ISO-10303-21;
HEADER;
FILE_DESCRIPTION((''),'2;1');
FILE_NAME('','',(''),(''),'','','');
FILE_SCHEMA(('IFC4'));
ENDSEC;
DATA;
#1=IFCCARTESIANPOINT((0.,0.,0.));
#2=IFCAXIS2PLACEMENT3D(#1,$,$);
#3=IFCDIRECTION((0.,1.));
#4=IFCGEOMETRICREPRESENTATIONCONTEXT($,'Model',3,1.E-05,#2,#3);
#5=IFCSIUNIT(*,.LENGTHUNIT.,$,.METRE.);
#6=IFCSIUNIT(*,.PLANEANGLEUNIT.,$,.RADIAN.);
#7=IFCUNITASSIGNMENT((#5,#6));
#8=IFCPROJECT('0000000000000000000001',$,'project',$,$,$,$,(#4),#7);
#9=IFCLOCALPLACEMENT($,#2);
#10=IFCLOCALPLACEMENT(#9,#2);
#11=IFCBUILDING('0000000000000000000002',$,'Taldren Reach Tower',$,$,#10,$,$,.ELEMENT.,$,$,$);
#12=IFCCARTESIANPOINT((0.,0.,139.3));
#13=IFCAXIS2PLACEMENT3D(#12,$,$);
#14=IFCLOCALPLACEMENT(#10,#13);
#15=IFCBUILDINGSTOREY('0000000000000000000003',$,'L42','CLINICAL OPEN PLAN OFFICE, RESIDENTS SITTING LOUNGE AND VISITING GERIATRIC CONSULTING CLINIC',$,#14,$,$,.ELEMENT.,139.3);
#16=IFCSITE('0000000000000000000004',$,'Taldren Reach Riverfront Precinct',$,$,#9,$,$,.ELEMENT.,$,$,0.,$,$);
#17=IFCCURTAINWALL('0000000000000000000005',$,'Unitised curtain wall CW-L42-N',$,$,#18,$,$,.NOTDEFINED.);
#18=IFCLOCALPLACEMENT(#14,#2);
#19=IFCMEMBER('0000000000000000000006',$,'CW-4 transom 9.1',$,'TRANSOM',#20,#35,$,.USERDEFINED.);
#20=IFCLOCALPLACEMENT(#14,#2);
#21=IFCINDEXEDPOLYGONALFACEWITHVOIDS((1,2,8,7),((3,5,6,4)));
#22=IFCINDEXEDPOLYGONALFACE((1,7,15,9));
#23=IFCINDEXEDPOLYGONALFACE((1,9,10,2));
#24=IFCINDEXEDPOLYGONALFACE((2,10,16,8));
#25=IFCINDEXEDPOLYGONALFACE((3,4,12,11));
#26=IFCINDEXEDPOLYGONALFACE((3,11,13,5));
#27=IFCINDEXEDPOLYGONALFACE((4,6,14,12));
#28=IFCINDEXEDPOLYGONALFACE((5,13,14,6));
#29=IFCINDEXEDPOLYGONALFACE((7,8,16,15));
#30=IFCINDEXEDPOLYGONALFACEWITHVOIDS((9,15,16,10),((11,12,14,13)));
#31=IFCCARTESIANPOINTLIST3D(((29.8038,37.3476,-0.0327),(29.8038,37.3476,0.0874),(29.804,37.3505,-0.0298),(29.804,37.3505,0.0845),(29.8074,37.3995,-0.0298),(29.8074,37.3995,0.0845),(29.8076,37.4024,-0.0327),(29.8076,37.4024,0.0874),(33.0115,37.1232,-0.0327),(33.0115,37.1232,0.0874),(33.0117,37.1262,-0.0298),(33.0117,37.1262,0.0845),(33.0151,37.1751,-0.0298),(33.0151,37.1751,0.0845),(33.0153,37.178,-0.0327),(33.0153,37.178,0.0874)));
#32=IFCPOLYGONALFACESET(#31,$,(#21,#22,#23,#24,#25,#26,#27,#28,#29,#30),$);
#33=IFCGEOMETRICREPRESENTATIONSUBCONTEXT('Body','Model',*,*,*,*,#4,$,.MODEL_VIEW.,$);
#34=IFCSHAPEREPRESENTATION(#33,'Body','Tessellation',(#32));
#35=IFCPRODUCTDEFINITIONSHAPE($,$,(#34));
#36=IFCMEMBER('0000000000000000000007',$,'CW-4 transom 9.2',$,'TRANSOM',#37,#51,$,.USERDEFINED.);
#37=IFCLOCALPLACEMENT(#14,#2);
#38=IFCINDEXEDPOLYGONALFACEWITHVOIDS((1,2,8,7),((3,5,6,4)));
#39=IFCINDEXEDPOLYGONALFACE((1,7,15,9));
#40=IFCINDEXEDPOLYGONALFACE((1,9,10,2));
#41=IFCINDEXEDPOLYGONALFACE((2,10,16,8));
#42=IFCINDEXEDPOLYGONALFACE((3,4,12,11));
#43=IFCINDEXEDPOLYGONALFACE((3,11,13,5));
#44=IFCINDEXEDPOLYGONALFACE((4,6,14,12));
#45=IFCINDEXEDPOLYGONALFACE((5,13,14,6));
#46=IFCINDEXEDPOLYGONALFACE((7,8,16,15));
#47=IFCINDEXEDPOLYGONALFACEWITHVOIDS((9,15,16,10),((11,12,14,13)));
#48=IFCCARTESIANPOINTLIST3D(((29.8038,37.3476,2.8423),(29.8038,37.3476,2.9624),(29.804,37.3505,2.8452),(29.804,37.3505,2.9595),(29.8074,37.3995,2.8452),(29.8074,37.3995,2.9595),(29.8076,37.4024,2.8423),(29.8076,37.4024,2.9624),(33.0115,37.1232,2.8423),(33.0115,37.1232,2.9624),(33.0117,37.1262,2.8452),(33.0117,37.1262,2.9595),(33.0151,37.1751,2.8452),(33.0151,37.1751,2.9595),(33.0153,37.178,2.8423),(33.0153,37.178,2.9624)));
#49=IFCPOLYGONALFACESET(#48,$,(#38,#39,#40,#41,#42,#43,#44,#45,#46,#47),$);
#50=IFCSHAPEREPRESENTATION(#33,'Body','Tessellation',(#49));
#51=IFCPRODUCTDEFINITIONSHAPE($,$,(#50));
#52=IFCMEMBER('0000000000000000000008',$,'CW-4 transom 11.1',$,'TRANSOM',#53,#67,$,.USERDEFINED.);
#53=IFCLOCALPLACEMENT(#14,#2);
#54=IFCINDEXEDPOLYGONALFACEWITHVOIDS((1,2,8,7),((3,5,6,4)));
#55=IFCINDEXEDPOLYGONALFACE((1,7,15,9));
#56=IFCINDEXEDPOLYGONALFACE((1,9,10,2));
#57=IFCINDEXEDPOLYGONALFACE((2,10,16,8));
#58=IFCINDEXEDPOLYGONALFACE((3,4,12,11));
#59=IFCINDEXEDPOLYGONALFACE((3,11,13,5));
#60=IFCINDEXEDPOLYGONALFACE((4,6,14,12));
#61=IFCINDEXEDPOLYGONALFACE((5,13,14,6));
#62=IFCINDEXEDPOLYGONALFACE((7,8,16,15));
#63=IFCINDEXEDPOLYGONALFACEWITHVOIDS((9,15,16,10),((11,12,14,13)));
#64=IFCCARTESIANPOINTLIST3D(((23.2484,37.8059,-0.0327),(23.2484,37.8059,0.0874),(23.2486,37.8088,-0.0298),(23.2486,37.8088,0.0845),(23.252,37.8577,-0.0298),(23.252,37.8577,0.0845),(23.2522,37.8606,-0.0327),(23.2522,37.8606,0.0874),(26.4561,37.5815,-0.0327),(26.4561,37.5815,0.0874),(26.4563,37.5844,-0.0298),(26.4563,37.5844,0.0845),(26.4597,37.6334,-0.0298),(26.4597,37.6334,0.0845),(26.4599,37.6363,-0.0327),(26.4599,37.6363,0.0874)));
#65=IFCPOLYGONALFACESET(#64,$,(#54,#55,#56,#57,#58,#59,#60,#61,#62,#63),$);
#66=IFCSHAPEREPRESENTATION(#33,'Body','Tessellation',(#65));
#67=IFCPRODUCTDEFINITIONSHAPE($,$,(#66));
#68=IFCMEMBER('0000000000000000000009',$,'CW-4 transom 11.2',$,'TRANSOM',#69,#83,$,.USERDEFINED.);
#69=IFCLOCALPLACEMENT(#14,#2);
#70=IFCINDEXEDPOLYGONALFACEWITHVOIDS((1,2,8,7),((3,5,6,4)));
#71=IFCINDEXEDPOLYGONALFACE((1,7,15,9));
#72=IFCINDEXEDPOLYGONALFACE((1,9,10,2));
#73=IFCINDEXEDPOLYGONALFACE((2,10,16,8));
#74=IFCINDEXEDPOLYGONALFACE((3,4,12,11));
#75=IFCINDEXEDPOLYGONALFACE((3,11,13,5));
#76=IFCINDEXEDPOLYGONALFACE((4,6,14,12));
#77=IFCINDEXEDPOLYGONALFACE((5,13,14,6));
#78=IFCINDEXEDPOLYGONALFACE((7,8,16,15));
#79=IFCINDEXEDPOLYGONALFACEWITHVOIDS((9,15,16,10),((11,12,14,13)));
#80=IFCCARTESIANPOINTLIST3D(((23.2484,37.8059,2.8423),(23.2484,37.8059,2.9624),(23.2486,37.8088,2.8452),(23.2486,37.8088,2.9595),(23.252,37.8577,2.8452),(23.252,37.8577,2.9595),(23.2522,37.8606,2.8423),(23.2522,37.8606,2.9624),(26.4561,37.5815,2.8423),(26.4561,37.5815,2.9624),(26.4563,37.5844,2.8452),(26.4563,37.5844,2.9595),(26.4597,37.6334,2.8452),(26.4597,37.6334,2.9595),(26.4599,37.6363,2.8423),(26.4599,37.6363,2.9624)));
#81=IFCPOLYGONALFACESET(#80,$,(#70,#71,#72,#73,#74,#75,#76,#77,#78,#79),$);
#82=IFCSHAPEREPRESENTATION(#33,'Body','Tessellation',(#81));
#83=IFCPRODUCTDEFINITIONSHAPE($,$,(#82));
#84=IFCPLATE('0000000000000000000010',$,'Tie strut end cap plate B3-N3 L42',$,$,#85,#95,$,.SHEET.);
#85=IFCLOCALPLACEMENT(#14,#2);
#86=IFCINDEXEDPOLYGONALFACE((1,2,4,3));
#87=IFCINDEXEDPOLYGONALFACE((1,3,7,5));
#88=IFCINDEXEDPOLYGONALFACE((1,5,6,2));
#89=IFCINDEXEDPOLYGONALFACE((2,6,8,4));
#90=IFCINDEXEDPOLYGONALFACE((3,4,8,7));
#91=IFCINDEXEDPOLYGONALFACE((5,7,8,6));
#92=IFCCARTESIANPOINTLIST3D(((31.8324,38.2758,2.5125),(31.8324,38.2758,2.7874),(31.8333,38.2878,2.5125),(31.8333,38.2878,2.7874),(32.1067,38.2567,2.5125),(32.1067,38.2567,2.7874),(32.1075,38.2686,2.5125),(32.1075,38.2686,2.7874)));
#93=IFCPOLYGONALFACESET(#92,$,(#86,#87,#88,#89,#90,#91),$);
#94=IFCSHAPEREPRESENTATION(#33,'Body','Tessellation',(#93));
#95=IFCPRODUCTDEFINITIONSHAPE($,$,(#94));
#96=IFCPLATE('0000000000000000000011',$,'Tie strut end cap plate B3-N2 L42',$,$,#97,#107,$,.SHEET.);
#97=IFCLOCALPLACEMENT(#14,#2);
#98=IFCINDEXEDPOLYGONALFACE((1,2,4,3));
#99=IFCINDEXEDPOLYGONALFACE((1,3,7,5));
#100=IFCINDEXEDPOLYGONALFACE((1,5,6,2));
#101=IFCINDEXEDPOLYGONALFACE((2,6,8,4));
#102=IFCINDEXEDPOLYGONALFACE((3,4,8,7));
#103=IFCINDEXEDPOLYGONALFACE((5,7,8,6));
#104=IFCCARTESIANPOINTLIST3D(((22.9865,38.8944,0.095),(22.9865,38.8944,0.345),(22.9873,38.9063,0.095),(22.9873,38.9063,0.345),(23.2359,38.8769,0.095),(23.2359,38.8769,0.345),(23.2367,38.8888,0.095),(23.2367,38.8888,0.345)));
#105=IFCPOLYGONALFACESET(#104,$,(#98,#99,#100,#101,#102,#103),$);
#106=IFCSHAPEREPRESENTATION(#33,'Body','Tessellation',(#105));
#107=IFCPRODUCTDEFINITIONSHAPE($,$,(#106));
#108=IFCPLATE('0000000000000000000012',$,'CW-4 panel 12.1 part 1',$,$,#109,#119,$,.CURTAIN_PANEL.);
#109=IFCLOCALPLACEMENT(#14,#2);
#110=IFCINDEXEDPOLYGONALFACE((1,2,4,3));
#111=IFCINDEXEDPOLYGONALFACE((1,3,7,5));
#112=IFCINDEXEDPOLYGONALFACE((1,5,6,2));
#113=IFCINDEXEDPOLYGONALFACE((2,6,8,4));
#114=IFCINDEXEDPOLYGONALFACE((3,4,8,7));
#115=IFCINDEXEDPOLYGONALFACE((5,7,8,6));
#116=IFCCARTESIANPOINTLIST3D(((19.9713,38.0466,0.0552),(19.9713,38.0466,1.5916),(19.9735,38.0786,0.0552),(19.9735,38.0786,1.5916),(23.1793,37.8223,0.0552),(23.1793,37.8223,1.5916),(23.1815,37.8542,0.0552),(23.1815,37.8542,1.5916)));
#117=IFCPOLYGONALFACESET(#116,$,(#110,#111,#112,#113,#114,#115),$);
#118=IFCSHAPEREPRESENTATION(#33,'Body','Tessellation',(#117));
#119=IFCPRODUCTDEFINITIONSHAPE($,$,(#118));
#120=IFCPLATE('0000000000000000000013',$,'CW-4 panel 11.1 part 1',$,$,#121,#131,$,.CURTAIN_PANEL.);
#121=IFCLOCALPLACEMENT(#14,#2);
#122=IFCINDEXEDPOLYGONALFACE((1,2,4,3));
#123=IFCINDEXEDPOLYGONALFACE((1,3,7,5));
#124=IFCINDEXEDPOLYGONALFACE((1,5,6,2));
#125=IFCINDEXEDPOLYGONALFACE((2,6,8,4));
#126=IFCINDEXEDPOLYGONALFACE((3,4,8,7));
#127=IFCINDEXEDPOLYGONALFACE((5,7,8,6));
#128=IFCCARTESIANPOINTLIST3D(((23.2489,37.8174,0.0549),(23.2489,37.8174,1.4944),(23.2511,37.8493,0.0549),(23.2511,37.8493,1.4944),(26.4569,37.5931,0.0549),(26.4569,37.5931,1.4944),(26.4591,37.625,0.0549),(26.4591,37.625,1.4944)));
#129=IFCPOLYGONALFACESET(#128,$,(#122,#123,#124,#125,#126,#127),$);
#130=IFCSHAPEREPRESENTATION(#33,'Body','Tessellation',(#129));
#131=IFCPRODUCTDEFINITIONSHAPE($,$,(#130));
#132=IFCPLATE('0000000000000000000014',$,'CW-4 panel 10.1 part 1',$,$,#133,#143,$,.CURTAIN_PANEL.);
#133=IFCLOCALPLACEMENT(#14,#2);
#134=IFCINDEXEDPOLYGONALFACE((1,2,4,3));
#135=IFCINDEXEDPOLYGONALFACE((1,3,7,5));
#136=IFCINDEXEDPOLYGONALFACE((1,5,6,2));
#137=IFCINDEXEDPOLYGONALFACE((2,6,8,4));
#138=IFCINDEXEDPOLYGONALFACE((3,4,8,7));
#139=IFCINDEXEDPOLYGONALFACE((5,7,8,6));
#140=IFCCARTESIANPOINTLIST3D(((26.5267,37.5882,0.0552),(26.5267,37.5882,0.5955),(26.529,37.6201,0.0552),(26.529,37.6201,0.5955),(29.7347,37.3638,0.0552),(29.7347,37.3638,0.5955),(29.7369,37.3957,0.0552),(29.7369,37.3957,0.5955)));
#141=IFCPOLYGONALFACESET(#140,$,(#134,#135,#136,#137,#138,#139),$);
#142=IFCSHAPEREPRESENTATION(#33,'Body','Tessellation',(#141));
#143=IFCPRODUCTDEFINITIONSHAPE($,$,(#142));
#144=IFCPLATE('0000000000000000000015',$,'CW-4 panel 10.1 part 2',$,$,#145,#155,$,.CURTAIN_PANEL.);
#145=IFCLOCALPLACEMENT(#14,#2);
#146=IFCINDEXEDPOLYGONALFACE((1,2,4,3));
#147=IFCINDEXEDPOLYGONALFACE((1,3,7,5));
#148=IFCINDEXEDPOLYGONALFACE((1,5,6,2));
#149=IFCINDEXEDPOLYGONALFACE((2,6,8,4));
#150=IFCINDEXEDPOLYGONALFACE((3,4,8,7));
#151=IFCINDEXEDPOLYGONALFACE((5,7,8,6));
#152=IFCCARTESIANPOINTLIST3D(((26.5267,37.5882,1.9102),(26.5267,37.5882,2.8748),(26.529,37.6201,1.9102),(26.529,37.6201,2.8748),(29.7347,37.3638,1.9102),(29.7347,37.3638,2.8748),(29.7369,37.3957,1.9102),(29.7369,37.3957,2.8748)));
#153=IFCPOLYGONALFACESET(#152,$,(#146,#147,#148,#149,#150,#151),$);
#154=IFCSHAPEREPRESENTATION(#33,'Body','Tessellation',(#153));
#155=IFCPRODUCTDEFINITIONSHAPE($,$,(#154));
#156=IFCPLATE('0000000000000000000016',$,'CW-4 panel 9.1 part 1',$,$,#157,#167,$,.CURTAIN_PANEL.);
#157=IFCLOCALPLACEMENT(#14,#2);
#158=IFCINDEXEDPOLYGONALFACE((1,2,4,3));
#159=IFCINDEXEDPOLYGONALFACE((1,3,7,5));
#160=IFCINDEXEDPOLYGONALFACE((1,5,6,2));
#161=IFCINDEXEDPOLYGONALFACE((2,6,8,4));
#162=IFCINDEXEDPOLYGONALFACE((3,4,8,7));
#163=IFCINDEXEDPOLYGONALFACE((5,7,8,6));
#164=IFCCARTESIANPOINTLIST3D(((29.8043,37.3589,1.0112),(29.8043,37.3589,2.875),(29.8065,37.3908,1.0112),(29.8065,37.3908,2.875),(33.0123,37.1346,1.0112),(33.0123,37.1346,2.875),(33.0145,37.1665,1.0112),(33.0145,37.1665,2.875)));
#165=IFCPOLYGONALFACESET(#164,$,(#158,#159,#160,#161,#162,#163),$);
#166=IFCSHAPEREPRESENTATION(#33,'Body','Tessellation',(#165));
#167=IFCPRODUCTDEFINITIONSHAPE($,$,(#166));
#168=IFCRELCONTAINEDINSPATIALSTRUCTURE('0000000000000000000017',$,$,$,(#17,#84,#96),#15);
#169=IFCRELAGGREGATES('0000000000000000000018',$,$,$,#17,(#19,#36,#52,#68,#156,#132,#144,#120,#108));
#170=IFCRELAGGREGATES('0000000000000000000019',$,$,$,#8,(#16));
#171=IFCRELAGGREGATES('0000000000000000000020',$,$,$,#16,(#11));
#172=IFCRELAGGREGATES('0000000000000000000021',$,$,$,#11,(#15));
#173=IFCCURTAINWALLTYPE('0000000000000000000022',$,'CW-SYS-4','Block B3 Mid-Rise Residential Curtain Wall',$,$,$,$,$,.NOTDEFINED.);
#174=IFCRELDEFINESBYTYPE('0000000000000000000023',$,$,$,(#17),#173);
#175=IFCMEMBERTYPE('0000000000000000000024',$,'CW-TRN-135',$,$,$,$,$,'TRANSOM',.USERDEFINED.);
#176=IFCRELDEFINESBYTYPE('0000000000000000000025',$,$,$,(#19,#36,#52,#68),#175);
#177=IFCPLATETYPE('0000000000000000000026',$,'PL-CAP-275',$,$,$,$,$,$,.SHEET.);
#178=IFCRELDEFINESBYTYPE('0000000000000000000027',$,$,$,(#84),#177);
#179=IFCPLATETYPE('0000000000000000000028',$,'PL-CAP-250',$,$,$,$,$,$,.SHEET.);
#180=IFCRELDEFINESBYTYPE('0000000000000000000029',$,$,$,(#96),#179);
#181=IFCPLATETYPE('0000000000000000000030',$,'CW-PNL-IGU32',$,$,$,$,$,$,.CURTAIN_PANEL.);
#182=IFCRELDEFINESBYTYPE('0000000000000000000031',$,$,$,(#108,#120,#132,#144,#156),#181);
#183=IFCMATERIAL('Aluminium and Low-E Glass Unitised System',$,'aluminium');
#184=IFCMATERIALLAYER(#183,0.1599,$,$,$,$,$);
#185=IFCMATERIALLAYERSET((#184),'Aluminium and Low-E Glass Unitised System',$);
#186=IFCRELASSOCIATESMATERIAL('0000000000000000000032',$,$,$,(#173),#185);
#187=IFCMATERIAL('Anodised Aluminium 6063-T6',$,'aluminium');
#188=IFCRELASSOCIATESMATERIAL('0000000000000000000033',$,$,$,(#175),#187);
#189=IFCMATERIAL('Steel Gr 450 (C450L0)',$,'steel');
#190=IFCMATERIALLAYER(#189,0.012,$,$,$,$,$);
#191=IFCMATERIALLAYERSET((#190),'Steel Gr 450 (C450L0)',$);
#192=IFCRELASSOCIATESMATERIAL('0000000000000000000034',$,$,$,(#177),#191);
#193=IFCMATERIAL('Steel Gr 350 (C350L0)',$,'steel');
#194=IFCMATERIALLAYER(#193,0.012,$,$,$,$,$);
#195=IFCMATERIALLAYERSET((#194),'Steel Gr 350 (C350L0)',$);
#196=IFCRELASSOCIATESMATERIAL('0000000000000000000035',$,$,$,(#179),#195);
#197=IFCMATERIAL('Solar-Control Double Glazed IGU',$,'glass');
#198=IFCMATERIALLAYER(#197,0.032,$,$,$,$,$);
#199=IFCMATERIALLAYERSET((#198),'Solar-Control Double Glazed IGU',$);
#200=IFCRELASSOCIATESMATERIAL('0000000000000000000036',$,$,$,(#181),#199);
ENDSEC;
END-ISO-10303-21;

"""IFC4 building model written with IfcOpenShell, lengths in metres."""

from ifc_helpers import new_model, si_unit, direction, frame, origin, origin_2d, place, context, subcontext, project, spatial, rectangle, hollow_rectangle, extrude, source, transform, mapped, material, layer, layer_set, material_profile, profile_set, type_object, element, aggregate, save


model = new_model("IFC4")

# Units and contexts
model_context = context("Model", 3, precision=1e-05, world=origin(), true_north=direction((0.0, 1.0)))
body_context = subcontext(model_context, "Body", "Model", "MODEL_VIEW")
ifc_project = project(units=[si_unit("LENGTHUNIT", "METRE"), si_unit("PLANEANGLEUNIT", "RADIAN")], contexts=[model_context])

# Site, building, storey
site_placement = place(None, origin())
site = spatial("IfcSite", under=ifc_project, at=site_placement, Name="Taldren Reach Riverfront Precinct", CompositionType="ELEMENT", RefElevation=0.0)
building_placement = place(site_placement, origin())
building = spatial("IfcBuilding", under=site, at=building_placement, Name="Taldren Reach Tower", CompositionType="ELEMENT")
storey_placement = place(building_placement, frame((0.0, 0.0, 139.3)))
storey = spatial("IfcBuildingStorey", under=building, at=storey_placement, Name="L42", Description="CLINICAL OPEN PLAN OFFICE, RESIDENTS SITTING LOUNGE AND VISITING GERIATRIC CONSULTING CLINIC", CompositionType="ELEMENT", Elevation=139.3)

# Shared definitions
ifc_material_1 = material(Name="Steel Gr 450 (C450L0)", Category="steel")
ifc_material_2 = material(Name="Steel Gr 350 (C350L0)", Category="steel")

# Curtain wall, members
ifc_material_3 = material(Name="Aluminium and Low-E Glass Unitised System", Category="aluminium")
ifc_layer_1 = layer(ifc_material_3, 0.1599)
ifc_layer_set_1 = layer_set([ifc_layer_1], Name="Aluminium and Low-E Glass Unitised System")
curtain_wall_type = type_object("IfcCurtainWallType", Name="CW-SYS-4", Description="Block B3 Mid-Rise Residential Curtain Wall", PredefinedType="NOTDEFINED", material=ifc_layer_set_1)
curtain_wall_placement = place(storey_placement, origin())
curtain_wall = element("IfcCurtainWall", 1, at=curtain_wall_placement, inside=storey, type_object=curtain_wall_type, Name="Unitised curtain wall CW-L42-N", PredefinedType="NOTDEFINED")
ifc_material_4 = material(Name="Anodised Aluminium 6063-T6", Category="aluminium")
ifc_material_profile_1 = material_profile(ifc_material_4, hollow_rectangle(XDim=0.0549, YDim=0.1201, WallThickness=0.0029, at=origin_2d()), Name="ALU-120x55x3RHS")
ifc_profile_set_1 = profile_set([ifc_material_profile_1], Name="Anodised Aluminium 6063-T6")
member_type_1 = type_object("IfcMemberType", Name="CW-TRN-135", ElementType="TRANSOM", PredefinedType="USERDEFINED", material=ifc_profile_set_1)
shared_shape_1 = source(origin(), body_context, "Body", "SweptSolid", [
    extrude(hollow_rectangle(XDim=0.0549, YDim=0.1201, WallThickness=0.0029, at=origin_2d()), origin(), (0.0, 0.0, 1.0), 3.2156),
])
member_1_placement = place(storey_placement, frame((33.0134, 37.1506, 0.0273), z_axis=(-0.997563, 0.069774, 0.0), x_axis=(-0.069774, -0.997563, 0.0)))
member_1 = element("IfcMember", 2, at=member_1_placement, type_object=member_type_1, Name="CW-4 transom 9.1", ObjectType="TRANSOM", PredefinedType="USERDEFINED", context=body_context, shape_type="MappedRepresentation", body=[
    mapped(shared_shape_1, transform((0.0, 0.0, 0.0), scale=1.0)),
])
member_2_placement = place(storey_placement, frame((33.0134, 37.1506, 2.9023), z_axis=(-0.997563, 0.069774, 0.0), x_axis=(-0.069774, -0.997563, 0.0)))
member_2 = element("IfcMember", 3, at=member_2_placement, type_object=member_type_1, Name="CW-4 transom 9.2", ObjectType="TRANSOM", PredefinedType="USERDEFINED", context=body_context, shape_type="MappedRepresentation", body=[
    mapped(shared_shape_1, transform((0.0, 0.0, 0.0), scale=1.0)),
])
member_3_placement = place(storey_placement, frame((26.458, 37.6089, 0.0273), z_axis=(-0.997563, 0.069774, 0.0), x_axis=(-0.069774, -0.997563, 0.0)))
member_3 = element("IfcMember", 4, at=member_3_placement, type_object=member_type_1, Name="CW-4 transom 11.1", ObjectType="TRANSOM", PredefinedType="USERDEFINED", context=body_context, shape_type="MappedRepresentation", body=[
    mapped(shared_shape_1, transform((0.0, 0.0, 0.0), scale=1.0)),
])
member_4_placement = place(storey_placement, frame((26.458, 37.6089, 2.9023), z_axis=(-0.997563, 0.069774, 0.0), x_axis=(-0.069774, -0.997563, 0.0)))
member_4 = element("IfcMember", 5, at=member_4_placement, type_object=member_type_1, Name="CW-4 transom 11.2", ObjectType="TRANSOM", PredefinedType="USERDEFINED", context=body_context, shape_type="MappedRepresentation", body=[
    mapped(shared_shape_1, transform((0.0, 0.0, 0.0), scale=1.0)),
])

# Plates
ifc_layer_2 = layer(ifc_material_1, 0.012)
ifc_layer_set_2 = layer_set([ifc_layer_2], Name="Steel Gr 450 (C450L0)")
plate_type_1 = type_object("IfcPlateType", Name="PL-CAP-275", PredefinedType="SHEET", material=ifc_layer_set_2)
shared_shape_2 = source(origin(), body_context, "Body", "SweptSolid", [
    extrude(rectangle(XDim=0.2749, YDim=0.012, at=origin_2d()), origin(), (0.0, 0.0, 1.0), 0.2749),
])
plate_1_placement = place(storey_placement, frame((31.97, 38.2722, 2.5125), z_axis=(0.0, 0.0, 1.0), x_axis=(0.997564, -0.069756, 0.0)))
element("IfcPlate", 6, at=plate_1_placement, inside=storey, type_object=plate_type_1, Name="Tie strut end cap plate B3-N3 L42", PredefinedType="SHEET", context=body_context, shape_type="MappedRepresentation", body=[
    mapped(shared_shape_2, transform((0.0, 0.0, 0.0), scale=1.0)),
])
ifc_layer_3 = layer(ifc_material_2, 0.012)
ifc_layer_set_3 = layer_set([ifc_layer_3], Name="Steel Gr 350 (C350L0)")
plate_type_2 = type_object("IfcPlateType", Name="PL-CAP-250", PredefinedType="SHEET", material=ifc_layer_set_3)
shared_shape_3 = source(origin(), body_context, "Body", "SweptSolid", [
    extrude(rectangle(XDim=0.25, YDim=0.012, at=origin_2d()), origin(), (0.0, 0.0, 1.0), 0.25),
])
plate_2_placement = place(storey_placement, frame((23.1116, 38.8916, 0.095), z_axis=(0.0, 0.0, 1.0), x_axis=(0.997564, -0.069756, 0.0)))
element("IfcPlate", 7, at=plate_2_placement, inside=storey, type_object=plate_type_2, Name="Tie strut end cap plate B3-N2 L42", PredefinedType="SHEET", context=body_context, shape_type="MappedRepresentation", body=[
    mapped(shared_shape_3, transform((0.0, 0.0, 0.0), scale=1.0)),
])

# Plates
ifc_material_5 = material(Name="Solar-Control Double Glazed IGU", Category="glass")
ifc_layer_4 = layer(ifc_material_5, 0.032)
ifc_layer_set_4 = layer_set([ifc_layer_4], Name="Solar-Control Double Glazed IGU")
plate_type_3 = type_object("IfcPlateType", Name="CW-PNL-IGU32", PredefinedType="CURTAIN_PANEL", material=ifc_layer_set_4)
shared_shape_4 = source(origin(), body_context, "Body", "SweptSolid", [
    extrude(rectangle(XDim=3.2158, YDim=0.032, at=origin_2d()), origin(), (0.0, 0.0, 1.0), 1.5364),
])
plate_3_placement = place(storey_placement, frame((21.5764, 37.9504, 0.0552), z_axis=(0.0, 0.0, 1.0), x_axis=(-0.997564, 0.069757, 0.0)))
plate_3 = element("IfcPlate", 8, at=plate_3_placement, type_object=plate_type_3, Name="CW-4 panel 12.1 part 1", PredefinedType="CURTAIN_PANEL", context=body_context, shape_type="MappedRepresentation", body=[
    mapped(shared_shape_4, transform((0.0, 0.0, 0.0), scale=1.0)),
])
shared_shape_5 = source(origin(), body_context, "Body", "SweptSolid", [
    extrude(rectangle(XDim=3.2158, YDim=0.032, at=origin_2d()), origin(), (0.0, 0.0, 1.0), 1.4395),
])
plate_4_placement = place(storey_placement, frame((24.854, 37.7212, 0.0549), z_axis=(0.0, 0.0, 1.0), x_axis=(-0.997564, 0.069757, 0.0)))
plate_4 = element("IfcPlate", 9, at=plate_4_placement, type_object=plate_type_3, Name="CW-4 panel 11.1 part 1", PredefinedType="CURTAIN_PANEL", context=body_context, shape_type="MappedRepresentation", body=[
    mapped(shared_shape_5, transform((0.0, 0.0, 0.0), scale=1.0)),
])
shared_shape_6 = source(origin(), body_context, "Body", "SweptSolid", [
    extrude(rectangle(XDim=3.2158, YDim=0.032, at=origin_2d()), origin(), (0.0, 0.0, 1.0), 0.5403),
])
plate_5_placement = place(storey_placement, frame((28.1318, 37.4919, 0.0552), z_axis=(0.0, 0.0, 1.0), x_axis=(-0.997564, 0.069757, 0.0)))
plate_5 = element("IfcPlate", 10, at=plate_5_placement, type_object=plate_type_3, Name="CW-4 panel 10.1 part 1", PredefinedType="CURTAIN_PANEL", context=body_context, shape_type="MappedRepresentation", body=[
    mapped(shared_shape_6, transform((0.0, 0.0, 0.0), scale=1.0)),
])
shared_shape_7 = source(origin(), body_context, "Body", "SweptSolid", [
    extrude(rectangle(XDim=3.2158, YDim=0.032, at=origin_2d()), origin(), (0.0, 0.0, 1.0), 0.9646),
])
plate_6_placement = place(storey_placement, frame((28.1318, 37.4919, 1.9102), z_axis=(0.0, 0.0, 1.0), x_axis=(-0.997564, 0.069757, 0.0)))
plate_6 = element("IfcPlate", 11, at=plate_6_placement, type_object=plate_type_3, Name="CW-4 panel 10.1 part 2", PredefinedType="CURTAIN_PANEL", context=body_context, shape_type="MappedRepresentation", body=[
    mapped(shared_shape_7, transform((0.0, 0.0, 0.0), scale=1.0)),
])
shared_shape_8 = source(origin(), body_context, "Body", "SweptSolid", [
    extrude(rectangle(XDim=3.2158, YDim=0.032, at=origin_2d()), origin(), (0.0, 0.0, 1.0), 1.8638),
])
plate_7_placement = place(storey_placement, frame((31.4094, 37.2627, 1.0112), z_axis=(0.0, 0.0, 1.0), x_axis=(-0.997564, 0.069757, 0.0)))
plate_7 = element("IfcPlate", 12, at=plate_7_placement, type_object=plate_type_3, Name="CW-4 panel 9.1 part 1", PredefinedType="CURTAIN_PANEL", context=body_context, shape_type="MappedRepresentation", body=[
    mapped(shared_shape_8, transform((0.0, 0.0, 0.0), scale=1.0)),
])
aggregate(curtain_wall, [member_1, member_2, member_3, member_4, plate_7, plate_5, plate_6, plate_4, plate_3])

save(model, "model.ifc")
